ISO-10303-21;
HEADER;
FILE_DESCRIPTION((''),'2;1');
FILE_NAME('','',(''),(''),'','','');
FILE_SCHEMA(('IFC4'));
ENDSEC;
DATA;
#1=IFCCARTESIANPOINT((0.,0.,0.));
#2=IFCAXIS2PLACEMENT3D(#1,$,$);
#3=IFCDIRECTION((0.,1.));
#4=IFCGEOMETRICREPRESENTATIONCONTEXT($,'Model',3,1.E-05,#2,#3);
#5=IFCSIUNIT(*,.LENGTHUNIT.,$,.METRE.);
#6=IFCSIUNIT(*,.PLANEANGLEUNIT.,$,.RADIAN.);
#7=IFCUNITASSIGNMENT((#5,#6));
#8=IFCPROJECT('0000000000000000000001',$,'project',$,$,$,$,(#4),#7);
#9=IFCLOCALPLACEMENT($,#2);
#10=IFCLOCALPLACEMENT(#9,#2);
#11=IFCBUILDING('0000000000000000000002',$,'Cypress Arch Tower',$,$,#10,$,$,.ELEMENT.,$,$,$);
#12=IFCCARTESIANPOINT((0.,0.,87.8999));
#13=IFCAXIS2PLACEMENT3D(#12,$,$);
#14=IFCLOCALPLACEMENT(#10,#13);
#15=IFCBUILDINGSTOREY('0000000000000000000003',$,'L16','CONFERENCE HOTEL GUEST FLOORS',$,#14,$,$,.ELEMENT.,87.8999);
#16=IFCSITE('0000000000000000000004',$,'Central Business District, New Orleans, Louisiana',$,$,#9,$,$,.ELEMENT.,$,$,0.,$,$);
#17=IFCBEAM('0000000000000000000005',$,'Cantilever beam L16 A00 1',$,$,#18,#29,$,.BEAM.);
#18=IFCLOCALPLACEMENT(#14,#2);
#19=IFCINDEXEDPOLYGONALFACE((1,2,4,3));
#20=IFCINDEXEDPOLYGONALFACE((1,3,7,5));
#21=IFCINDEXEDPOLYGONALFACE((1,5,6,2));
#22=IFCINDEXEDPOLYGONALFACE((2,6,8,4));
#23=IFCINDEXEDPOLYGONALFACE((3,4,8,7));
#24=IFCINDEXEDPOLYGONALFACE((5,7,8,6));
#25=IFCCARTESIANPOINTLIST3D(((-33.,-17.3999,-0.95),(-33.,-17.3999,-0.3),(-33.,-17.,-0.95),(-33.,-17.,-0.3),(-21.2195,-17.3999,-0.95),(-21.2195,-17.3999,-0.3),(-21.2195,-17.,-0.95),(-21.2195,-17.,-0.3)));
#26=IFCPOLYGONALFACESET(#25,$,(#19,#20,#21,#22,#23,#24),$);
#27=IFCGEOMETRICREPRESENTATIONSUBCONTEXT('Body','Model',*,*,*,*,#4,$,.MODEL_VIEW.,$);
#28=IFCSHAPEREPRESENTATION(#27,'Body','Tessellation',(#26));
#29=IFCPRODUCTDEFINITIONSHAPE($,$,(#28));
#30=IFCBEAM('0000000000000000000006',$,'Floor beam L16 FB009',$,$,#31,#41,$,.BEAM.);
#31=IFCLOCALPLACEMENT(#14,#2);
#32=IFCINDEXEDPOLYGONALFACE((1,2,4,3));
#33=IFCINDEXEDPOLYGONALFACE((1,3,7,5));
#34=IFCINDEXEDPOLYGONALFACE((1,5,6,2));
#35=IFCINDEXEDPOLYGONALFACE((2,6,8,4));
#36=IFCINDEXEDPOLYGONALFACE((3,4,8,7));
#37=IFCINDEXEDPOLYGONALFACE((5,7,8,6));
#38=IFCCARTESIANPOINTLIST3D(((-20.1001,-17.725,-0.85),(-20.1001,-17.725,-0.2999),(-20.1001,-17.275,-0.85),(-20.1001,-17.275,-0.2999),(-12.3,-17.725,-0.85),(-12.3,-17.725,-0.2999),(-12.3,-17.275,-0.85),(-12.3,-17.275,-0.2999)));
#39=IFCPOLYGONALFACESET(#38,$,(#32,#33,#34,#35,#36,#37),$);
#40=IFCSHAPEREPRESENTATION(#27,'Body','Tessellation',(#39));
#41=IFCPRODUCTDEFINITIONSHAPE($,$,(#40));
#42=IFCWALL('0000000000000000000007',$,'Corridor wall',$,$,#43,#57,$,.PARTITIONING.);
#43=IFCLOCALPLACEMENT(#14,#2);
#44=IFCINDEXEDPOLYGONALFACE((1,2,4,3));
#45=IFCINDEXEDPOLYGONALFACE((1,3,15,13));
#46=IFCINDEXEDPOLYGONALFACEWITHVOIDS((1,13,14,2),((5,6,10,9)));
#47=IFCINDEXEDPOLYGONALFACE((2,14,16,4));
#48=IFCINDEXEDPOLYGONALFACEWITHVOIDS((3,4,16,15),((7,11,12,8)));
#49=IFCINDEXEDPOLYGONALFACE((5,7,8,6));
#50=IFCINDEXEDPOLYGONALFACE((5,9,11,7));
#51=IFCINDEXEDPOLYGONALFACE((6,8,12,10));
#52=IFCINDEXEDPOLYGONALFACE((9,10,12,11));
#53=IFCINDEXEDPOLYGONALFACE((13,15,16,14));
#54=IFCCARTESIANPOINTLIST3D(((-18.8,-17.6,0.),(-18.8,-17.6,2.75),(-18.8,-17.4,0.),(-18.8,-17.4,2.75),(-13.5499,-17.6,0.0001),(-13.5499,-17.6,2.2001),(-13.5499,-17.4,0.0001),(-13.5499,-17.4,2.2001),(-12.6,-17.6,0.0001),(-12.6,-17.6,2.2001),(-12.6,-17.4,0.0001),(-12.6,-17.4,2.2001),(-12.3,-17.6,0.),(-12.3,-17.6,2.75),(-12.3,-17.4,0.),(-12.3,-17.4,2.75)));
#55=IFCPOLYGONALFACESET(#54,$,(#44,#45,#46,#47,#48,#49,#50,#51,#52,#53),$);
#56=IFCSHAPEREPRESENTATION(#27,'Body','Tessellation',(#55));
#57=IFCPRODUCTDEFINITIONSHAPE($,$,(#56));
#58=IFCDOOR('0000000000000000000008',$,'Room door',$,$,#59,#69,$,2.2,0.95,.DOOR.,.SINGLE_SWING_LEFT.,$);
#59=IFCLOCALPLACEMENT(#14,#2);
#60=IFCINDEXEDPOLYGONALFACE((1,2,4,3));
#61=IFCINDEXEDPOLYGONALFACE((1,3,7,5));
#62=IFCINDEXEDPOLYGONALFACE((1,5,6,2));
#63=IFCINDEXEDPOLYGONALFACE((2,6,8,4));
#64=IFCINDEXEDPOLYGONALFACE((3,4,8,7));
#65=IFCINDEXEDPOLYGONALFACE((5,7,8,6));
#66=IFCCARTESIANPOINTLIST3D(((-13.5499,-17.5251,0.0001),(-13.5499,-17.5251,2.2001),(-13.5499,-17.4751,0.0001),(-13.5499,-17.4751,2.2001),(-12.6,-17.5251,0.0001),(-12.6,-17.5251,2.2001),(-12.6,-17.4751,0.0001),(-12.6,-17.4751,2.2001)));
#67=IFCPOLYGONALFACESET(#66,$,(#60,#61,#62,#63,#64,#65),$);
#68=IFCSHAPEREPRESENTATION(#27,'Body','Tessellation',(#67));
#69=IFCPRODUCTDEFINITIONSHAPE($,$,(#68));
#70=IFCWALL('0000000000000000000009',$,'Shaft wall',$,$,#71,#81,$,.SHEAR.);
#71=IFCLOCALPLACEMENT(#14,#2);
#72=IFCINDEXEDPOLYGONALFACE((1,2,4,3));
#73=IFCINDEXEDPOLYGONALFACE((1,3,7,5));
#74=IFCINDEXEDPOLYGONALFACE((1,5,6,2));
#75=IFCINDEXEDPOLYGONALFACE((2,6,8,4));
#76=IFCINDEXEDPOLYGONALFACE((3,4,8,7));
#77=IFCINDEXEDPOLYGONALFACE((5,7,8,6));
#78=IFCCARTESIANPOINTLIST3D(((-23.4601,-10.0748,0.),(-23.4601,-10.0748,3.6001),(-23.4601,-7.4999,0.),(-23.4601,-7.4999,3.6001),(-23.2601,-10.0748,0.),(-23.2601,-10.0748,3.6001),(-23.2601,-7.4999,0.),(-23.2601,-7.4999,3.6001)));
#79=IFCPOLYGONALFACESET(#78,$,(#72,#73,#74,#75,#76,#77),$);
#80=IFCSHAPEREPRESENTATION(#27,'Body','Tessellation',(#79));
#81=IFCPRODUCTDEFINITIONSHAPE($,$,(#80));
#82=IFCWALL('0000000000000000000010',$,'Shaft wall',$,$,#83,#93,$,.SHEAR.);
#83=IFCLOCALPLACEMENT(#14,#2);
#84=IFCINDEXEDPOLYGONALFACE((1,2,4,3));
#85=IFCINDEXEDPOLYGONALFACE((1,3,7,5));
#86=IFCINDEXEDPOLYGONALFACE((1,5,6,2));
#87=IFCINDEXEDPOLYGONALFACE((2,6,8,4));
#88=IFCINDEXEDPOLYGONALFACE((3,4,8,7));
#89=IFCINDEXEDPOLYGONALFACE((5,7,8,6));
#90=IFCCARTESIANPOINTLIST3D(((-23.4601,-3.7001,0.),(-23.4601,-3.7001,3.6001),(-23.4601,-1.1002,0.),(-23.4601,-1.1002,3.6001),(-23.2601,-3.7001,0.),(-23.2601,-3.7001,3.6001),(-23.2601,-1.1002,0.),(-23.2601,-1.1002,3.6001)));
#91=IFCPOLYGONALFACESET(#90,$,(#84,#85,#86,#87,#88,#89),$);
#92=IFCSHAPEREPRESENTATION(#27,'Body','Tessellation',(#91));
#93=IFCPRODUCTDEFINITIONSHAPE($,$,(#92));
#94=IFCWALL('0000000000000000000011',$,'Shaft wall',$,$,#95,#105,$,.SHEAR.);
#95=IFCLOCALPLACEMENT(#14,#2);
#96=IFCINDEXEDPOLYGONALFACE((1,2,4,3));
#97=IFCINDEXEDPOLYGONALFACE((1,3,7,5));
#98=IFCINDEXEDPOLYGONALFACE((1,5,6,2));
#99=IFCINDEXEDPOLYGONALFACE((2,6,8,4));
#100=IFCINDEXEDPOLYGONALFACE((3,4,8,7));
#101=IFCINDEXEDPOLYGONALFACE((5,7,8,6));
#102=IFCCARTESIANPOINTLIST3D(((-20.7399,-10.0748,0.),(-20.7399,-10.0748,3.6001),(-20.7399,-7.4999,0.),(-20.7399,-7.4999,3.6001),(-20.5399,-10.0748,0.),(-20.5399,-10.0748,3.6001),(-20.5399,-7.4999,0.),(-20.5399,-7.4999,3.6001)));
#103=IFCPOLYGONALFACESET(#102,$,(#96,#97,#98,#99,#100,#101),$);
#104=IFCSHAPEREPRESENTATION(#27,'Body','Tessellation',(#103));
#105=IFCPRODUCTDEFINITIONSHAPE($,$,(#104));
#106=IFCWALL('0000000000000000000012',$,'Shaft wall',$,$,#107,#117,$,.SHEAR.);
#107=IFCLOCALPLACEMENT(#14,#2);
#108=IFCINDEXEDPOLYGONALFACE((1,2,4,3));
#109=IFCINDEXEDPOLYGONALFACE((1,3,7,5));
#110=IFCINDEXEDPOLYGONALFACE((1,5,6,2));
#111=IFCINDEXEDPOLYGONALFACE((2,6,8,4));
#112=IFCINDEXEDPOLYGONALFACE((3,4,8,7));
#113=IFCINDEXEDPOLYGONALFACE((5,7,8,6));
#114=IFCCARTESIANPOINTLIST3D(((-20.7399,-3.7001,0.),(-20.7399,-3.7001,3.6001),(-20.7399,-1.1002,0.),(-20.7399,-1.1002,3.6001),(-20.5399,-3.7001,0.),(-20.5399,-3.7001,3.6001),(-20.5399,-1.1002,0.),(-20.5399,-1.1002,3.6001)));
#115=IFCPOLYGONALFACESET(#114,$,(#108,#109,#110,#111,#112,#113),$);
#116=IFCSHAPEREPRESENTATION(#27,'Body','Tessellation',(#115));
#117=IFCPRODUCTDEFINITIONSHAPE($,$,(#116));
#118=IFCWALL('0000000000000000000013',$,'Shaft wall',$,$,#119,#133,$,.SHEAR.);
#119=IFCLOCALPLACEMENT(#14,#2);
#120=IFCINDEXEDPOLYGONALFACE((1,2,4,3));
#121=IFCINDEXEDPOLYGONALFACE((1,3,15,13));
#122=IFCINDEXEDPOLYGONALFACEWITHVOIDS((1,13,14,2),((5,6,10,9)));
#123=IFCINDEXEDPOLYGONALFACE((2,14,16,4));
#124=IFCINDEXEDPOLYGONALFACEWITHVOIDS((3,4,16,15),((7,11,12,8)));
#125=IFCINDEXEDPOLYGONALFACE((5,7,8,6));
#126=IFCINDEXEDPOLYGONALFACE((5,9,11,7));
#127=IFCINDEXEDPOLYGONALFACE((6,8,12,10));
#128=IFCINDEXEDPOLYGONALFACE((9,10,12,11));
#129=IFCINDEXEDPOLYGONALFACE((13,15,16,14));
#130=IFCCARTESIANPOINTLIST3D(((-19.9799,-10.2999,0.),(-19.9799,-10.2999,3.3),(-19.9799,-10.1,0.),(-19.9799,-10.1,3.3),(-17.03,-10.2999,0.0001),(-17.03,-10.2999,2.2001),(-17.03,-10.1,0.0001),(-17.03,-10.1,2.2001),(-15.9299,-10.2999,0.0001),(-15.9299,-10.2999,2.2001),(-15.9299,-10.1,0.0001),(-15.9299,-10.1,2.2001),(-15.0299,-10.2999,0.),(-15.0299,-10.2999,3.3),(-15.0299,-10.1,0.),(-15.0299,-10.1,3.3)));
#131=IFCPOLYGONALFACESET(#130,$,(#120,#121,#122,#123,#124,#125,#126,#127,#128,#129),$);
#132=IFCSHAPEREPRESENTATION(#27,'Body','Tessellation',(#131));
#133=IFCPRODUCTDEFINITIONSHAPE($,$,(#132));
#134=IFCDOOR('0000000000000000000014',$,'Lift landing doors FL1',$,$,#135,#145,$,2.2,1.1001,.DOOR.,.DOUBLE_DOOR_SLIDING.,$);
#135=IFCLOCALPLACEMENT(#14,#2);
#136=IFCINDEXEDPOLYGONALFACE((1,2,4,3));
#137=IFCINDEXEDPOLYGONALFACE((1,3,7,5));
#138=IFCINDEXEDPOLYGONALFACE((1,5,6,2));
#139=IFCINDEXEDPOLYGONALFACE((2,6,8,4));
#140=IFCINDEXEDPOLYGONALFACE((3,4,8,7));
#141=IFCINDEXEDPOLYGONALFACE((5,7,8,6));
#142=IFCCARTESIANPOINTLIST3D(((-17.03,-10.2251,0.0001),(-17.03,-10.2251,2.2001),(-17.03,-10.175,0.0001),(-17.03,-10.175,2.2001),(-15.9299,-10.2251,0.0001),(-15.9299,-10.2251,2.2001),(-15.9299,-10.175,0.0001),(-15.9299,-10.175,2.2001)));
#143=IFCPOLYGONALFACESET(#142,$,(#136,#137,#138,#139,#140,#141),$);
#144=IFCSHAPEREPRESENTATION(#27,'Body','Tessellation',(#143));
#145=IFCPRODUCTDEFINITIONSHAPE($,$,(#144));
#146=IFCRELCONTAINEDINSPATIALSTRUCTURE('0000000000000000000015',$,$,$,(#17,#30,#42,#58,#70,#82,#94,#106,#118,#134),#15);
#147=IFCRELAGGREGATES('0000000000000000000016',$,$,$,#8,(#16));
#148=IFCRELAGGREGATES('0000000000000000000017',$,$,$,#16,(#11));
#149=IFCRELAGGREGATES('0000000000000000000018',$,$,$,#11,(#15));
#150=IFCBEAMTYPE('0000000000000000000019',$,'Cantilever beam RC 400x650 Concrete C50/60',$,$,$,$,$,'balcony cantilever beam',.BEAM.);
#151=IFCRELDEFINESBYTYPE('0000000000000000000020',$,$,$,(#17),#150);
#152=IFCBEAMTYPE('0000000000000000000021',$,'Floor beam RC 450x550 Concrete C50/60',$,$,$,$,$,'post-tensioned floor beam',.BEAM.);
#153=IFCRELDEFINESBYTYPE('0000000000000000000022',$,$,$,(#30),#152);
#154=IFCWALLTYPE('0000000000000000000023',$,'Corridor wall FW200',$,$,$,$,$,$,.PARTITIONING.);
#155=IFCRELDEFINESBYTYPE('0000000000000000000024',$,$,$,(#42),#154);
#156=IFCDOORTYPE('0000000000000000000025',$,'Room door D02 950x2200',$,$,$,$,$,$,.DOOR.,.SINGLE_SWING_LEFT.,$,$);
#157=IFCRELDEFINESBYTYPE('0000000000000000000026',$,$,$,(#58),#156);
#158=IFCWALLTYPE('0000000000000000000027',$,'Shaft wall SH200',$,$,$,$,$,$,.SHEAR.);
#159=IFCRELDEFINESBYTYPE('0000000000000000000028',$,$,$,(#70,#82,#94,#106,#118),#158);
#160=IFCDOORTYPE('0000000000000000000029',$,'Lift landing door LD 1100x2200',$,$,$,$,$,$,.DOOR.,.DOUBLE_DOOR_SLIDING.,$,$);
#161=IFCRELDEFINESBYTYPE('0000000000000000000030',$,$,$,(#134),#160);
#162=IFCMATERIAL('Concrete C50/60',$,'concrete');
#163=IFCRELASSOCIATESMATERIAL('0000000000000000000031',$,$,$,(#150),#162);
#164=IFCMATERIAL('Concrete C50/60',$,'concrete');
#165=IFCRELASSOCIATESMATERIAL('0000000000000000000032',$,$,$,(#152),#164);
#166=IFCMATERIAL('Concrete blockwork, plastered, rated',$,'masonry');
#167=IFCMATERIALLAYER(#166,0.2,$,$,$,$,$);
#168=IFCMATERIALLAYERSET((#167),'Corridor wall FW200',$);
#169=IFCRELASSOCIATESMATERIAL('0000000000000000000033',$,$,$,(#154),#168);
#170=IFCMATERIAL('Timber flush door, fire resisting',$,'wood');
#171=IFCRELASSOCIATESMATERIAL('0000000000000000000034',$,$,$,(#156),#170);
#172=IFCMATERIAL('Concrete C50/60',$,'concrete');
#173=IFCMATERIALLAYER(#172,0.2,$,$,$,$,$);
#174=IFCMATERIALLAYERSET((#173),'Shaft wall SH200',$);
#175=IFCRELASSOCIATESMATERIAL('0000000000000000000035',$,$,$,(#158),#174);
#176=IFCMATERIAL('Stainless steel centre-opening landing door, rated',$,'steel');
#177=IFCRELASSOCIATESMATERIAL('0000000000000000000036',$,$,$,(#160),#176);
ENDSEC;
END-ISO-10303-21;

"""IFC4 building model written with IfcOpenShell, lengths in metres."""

from ifc_helpers import new_model, si_unit, direction, frame, frame_2d, origin, origin_2d, place, context, subcontext, project, spatial, rectangle, extrude, material, layer, layer_set, material_profile, profile_set, type_object, element, fill, save


model = new_model("IFC4")

# Units and contexts
model_context = context("Model", 3, precision=1e-05, world=origin(), true_north=direction((0.0, 1.0)))
body_context = subcontext(model_context, "Body", "Model", "MODEL_VIEW")
ifc_project = project(units=[si_unit("LENGTHUNIT", "METRE"), si_unit("PLANEANGLEUNIT", "RADIAN")], contexts=[model_context])

# Site, building, storey
site_placement = place(None, origin())
site = spatial("IfcSite", under=ifc_project, at=site_placement, Name="Central Business District, New Orleans, Louisiana", CompositionType="ELEMENT", RefElevation=0.0)
building_placement = place(site_placement, origin())
building = spatial("IfcBuilding", under=site, at=building_placement, Name="Cypress Arch Tower", CompositionType="ELEMENT")
storey_placement = place(building_placement, frame((0.0, 0.0, 87.8999)))
storey = spatial("IfcBuildingStorey", under=building, at=storey_placement, Name="L16", Description="CONFERENCE HOTEL GUEST FLOORS", CompositionType="ELEMENT", Elevation=87.8999)

# Beams
ifc_material_1 = material(Name="Concrete C50/60", Category="concrete")
ifc_material_profile_1 = material_profile(ifc_material_1, rectangle(XDim=0.3999, YDim=0.6499, at=origin_2d()), Name="RC 400x650")
ifc_profile_set_1 = profile_set([ifc_material_profile_1], Name="Concrete C50/60")
beam_type_1 = type_object("IfcBeamType", Name="Cantilever beam RC 400x650 Concrete C50/60", ElementType="balcony cantilever beam", PredefinedType="BEAM", material=ifc_profile_set_1)
beam_1_placement = place(storey_placement, frame((-21.2195, -17.2, -0.625), z_axis=(-1.0, 0.0, 0.0), x_axis=(0.0, -1.0, 0.0)))
element("IfcBeam", 1, at=beam_1_placement, inside=storey, type_object=beam_type_1, Name="Cantilever beam L16 A00 1", PredefinedType="BEAM", context=body_context, shape_type="SweptSolid", body=[
    extrude(rectangle(XDim=0.3999, YDim=0.6499, at=origin_2d()), origin(), (0.0, 0.0, 1.0), 11.7805),
])
ifc_material_2 = material(Name="Concrete C50/60", Category="concrete")
ifc_material_profile_2 = material_profile(ifc_material_2, rectangle(XDim=0.45, YDim=0.55, at=origin_2d()), Name="RC 450x550")
ifc_profile_set_2 = profile_set([ifc_material_profile_2], Name="Concrete C50/60")
beam_type_2 = type_object("IfcBeamType", Name="Floor beam RC 450x550 Concrete C50/60", ElementType="post-tensioned floor beam", PredefinedType="BEAM", material=ifc_profile_set_2)
beam_2_placement = place(storey_placement, frame((-20.1001, -17.5, -0.575), z_axis=(1.0, 0.0, 0.0), x_axis=(0.0, 1.0, 0.0)))
element("IfcBeam", 2, at=beam_2_placement, inside=storey, type_object=beam_type_2, Name="Floor beam L16 FB009", PredefinedType="BEAM", context=body_context, shape_type="SweptSolid", body=[
    extrude(rectangle(XDim=0.45, YDim=0.55, at=origin_2d()), origin(), (0.0, 0.0, 1.0), 7.8),
])

# Wall, opening, door
ifc_material_3 = material(Name="Concrete blockwork, plastered, rated", Category="masonry")
ifc_layer_1 = layer(ifc_material_3, 0.2)
ifc_layer_set_1 = layer_set([ifc_layer_1], Name="Corridor wall FW200")
wall_type_1 = type_object("IfcWallType", Name="Corridor wall FW200", PredefinedType="PARTITIONING", material=ifc_layer_set_1)
wall_1_placement = place(storey_placement, frame((-18.8, -17.5, 0.0), z_axis=(0.0, 0.0, 1.0), x_axis=(1.0, 0.0, 0.0)))
wall_1 = element("IfcWall", 3, at=wall_1_placement, inside=storey, type_object=wall_type_1, Name="Corridor wall", PredefinedType="PARTITIONING", context=body_context, shape_type="SweptSolid", body=[
    extrude(rectangle(XDim=6.5, YDim=0.2, at=frame_2d((3.25, 0.0))), origin(), (0.0, 0.0, 1.0), 2.75),
])
opening_1_placement = place(wall_1_placement, frame((5.25, 0.0, 0.0)))
opening_1 = element("IfcOpeningElement", 4, at=opening_1_placement, cuts=wall_1, PredefinedType="OPENING", context=body_context, shape_type="SweptSolid", body=[
    extrude(rectangle(XDim=0.95, YDim=2.2, at=frame_2d((0.4751, 1.1001))), frame((0.0, 0.1099, 0.0), z_axis=(0.0, -1.0, 0.0), x_axis=(1.0, 0.0, 0.0)), (0.0, 0.0, 1.0), 0.22),
])
ifc_material_4 = material(Name="Timber flush door, fire resisting", Category="wood")
door_type_1 = type_object("IfcDoorType", Name="Room door D02 950x2200", OperationType="SINGLE_SWING_LEFT", PredefinedType="DOOR", material=ifc_material_4)
door_1_placement = place(opening_1_placement, origin())
door_1 = element("IfcDoor", 5, at=door_1_placement, inside=storey, type_object=door_type_1, Name="Room door", OperationType="SINGLE_SWING_LEFT", OverallHeight=2.2, OverallWidth=0.95, PredefinedType="DOOR", context=body_context, shape_type="SweptSolid", body=[
    extrude(rectangle(XDim=0.95, YDim=2.2, at=frame_2d((0.4751, 1.1001))), frame((0.0, 0.0249, 0.0), z_axis=(0.0, -1.0, 0.0), x_axis=(1.0, 0.0, 0.0)), (0.0, 0.0, 1.0), 0.05),
])
fill(opening_1, door_1)

# Walls
ifc_material_5 = material(Name="Concrete C50/60", Category="concrete")
ifc_layer_2 = layer(ifc_material_5, 0.2)
ifc_layer_set_2 = layer_set([ifc_layer_2], Name="Shaft wall SH200")
wall_type_2 = type_object("IfcWallType", Name="Shaft wall SH200", PredefinedType="SHEAR", material=ifc_layer_set_2)
wall_2_placement = place(storey_placement, frame((-23.3601, -10.075, 0.0), z_axis=(0.0, 0.0, 1.0), x_axis=(0.0, 1.0, 0.0)))
element("IfcWall", 6, at=wall_2_placement, inside=storey, type_object=wall_type_2, Name="Shaft wall", PredefinedType="SHEAR", context=body_context, shape_type="SweptSolid", body=[
    extrude(rectangle(XDim=2.575, YDim=0.2, at=frame_2d((1.2876, 0.0))), origin(), (0.0, 0.0, 1.0), 3.6001),
])
wall_3_placement = place(storey_placement, frame((-23.3601, -3.7, 0.0), z_axis=(0.0, 0.0, 1.0), x_axis=(0.0, 1.0, 0.0)))
element("IfcWall", 7, at=wall_3_placement, inside=storey, type_object=wall_type_2, Name="Shaft wall", PredefinedType="SHEAR", context=body_context, shape_type="SweptSolid", body=[
    extrude(rectangle(XDim=2.5999, YDim=0.2, at=frame_2d((1.2998, 0.0))), origin(), (0.0, 0.0, 1.0), 3.6001),
])
wall_4_placement = place(storey_placement, frame((-20.6399, -10.075, 0.0), z_axis=(0.0, 0.0, 1.0), x_axis=(0.0, 1.0, 0.0)))
element("IfcWall", 8, at=wall_4_placement, inside=storey, type_object=wall_type_2, Name="Shaft wall", PredefinedType="SHEAR", context=body_context, shape_type="SweptSolid", body=[
    extrude(rectangle(XDim=2.575, YDim=0.2, at=frame_2d((1.2876, 0.0))), origin(), (0.0, 0.0, 1.0), 3.6001),
])
wall_5_placement = place(storey_placement, frame((-20.6399, -3.7, 0.0), z_axis=(0.0, 0.0, 1.0), x_axis=(0.0, 1.0, 0.0)))
element("IfcWall", 9, at=wall_5_placement, inside=storey, type_object=wall_type_2, Name="Shaft wall", PredefinedType="SHEAR", context=body_context, shape_type="SweptSolid", body=[
    extrude(rectangle(XDim=2.5999, YDim=0.2, at=frame_2d((1.2998, 0.0))), origin(), (0.0, 0.0, 1.0), 3.6001),
])

# Wall, opening, door
wall_6_placement = place(storey_placement, frame((-19.98, -10.2, 0.0), z_axis=(0.0, 0.0, 1.0), x_axis=(1.0, 0.0, 0.0)))
wall_6 = element("IfcWall", 10, at=wall_6_placement, inside=storey, type_object=wall_type_2, Name="Shaft wall", PredefinedType="SHEAR", context=body_context, shape_type="SweptSolid", body=[
    extrude(rectangle(XDim=4.95, YDim=0.2, at=frame_2d((2.4751, 0.0))), origin(), (0.0, 0.0, 1.0), 3.3),
])
opening_2_placement = place(wall_6_placement, frame((2.95, 0.0, 0.0)))
opening_2 = element("IfcOpeningElement", 11, at=opening_2_placement, cuts=wall_6, PredefinedType="OPENING", context=body_context, shape_type="SweptSolid", body=[
    extrude(rectangle(XDim=1.1001, YDim=2.2, at=frame_2d((0.55, 1.1001))), frame((0.0, 0.1099, 0.0), z_axis=(0.0, -1.0, 0.0), x_axis=(1.0, 0.0, 0.0)), (0.0, 0.0, 1.0), 0.22),
])
ifc_material_6 = material(Name="Stainless steel centre-opening landing door, rated", Category="steel")
door_type_2 = type_object("IfcDoorType", Name="Lift landing door LD 1100x2200", OperationType="DOUBLE_DOOR_SLIDING", PredefinedType="DOOR", material=ifc_material_6)
door_2_placement = place(opening_2_placement, origin())
door_2 = element("IfcDoor", 12, at=door_2_placement, inside=storey, type_object=door_type_2, Name="Lift landing doors FL1", OperationType="DOUBLE_DOOR_SLIDING", OverallHeight=2.2, OverallWidth=1.1001, PredefinedType="DOOR", context=body_context, shape_type="SweptSolid", body=[
    extrude(rectangle(XDim=1.1001, YDim=2.2, at=frame_2d((0.55, 1.1001))), frame((0.0, 0.0249, 0.0), z_axis=(0.0, -1.0, 0.0), x_axis=(1.0, 0.0, 0.0)), (0.0, 0.0, 1.0), 0.05),
])
fill(opening_2, door_2)

save(model, "model.ifc")
